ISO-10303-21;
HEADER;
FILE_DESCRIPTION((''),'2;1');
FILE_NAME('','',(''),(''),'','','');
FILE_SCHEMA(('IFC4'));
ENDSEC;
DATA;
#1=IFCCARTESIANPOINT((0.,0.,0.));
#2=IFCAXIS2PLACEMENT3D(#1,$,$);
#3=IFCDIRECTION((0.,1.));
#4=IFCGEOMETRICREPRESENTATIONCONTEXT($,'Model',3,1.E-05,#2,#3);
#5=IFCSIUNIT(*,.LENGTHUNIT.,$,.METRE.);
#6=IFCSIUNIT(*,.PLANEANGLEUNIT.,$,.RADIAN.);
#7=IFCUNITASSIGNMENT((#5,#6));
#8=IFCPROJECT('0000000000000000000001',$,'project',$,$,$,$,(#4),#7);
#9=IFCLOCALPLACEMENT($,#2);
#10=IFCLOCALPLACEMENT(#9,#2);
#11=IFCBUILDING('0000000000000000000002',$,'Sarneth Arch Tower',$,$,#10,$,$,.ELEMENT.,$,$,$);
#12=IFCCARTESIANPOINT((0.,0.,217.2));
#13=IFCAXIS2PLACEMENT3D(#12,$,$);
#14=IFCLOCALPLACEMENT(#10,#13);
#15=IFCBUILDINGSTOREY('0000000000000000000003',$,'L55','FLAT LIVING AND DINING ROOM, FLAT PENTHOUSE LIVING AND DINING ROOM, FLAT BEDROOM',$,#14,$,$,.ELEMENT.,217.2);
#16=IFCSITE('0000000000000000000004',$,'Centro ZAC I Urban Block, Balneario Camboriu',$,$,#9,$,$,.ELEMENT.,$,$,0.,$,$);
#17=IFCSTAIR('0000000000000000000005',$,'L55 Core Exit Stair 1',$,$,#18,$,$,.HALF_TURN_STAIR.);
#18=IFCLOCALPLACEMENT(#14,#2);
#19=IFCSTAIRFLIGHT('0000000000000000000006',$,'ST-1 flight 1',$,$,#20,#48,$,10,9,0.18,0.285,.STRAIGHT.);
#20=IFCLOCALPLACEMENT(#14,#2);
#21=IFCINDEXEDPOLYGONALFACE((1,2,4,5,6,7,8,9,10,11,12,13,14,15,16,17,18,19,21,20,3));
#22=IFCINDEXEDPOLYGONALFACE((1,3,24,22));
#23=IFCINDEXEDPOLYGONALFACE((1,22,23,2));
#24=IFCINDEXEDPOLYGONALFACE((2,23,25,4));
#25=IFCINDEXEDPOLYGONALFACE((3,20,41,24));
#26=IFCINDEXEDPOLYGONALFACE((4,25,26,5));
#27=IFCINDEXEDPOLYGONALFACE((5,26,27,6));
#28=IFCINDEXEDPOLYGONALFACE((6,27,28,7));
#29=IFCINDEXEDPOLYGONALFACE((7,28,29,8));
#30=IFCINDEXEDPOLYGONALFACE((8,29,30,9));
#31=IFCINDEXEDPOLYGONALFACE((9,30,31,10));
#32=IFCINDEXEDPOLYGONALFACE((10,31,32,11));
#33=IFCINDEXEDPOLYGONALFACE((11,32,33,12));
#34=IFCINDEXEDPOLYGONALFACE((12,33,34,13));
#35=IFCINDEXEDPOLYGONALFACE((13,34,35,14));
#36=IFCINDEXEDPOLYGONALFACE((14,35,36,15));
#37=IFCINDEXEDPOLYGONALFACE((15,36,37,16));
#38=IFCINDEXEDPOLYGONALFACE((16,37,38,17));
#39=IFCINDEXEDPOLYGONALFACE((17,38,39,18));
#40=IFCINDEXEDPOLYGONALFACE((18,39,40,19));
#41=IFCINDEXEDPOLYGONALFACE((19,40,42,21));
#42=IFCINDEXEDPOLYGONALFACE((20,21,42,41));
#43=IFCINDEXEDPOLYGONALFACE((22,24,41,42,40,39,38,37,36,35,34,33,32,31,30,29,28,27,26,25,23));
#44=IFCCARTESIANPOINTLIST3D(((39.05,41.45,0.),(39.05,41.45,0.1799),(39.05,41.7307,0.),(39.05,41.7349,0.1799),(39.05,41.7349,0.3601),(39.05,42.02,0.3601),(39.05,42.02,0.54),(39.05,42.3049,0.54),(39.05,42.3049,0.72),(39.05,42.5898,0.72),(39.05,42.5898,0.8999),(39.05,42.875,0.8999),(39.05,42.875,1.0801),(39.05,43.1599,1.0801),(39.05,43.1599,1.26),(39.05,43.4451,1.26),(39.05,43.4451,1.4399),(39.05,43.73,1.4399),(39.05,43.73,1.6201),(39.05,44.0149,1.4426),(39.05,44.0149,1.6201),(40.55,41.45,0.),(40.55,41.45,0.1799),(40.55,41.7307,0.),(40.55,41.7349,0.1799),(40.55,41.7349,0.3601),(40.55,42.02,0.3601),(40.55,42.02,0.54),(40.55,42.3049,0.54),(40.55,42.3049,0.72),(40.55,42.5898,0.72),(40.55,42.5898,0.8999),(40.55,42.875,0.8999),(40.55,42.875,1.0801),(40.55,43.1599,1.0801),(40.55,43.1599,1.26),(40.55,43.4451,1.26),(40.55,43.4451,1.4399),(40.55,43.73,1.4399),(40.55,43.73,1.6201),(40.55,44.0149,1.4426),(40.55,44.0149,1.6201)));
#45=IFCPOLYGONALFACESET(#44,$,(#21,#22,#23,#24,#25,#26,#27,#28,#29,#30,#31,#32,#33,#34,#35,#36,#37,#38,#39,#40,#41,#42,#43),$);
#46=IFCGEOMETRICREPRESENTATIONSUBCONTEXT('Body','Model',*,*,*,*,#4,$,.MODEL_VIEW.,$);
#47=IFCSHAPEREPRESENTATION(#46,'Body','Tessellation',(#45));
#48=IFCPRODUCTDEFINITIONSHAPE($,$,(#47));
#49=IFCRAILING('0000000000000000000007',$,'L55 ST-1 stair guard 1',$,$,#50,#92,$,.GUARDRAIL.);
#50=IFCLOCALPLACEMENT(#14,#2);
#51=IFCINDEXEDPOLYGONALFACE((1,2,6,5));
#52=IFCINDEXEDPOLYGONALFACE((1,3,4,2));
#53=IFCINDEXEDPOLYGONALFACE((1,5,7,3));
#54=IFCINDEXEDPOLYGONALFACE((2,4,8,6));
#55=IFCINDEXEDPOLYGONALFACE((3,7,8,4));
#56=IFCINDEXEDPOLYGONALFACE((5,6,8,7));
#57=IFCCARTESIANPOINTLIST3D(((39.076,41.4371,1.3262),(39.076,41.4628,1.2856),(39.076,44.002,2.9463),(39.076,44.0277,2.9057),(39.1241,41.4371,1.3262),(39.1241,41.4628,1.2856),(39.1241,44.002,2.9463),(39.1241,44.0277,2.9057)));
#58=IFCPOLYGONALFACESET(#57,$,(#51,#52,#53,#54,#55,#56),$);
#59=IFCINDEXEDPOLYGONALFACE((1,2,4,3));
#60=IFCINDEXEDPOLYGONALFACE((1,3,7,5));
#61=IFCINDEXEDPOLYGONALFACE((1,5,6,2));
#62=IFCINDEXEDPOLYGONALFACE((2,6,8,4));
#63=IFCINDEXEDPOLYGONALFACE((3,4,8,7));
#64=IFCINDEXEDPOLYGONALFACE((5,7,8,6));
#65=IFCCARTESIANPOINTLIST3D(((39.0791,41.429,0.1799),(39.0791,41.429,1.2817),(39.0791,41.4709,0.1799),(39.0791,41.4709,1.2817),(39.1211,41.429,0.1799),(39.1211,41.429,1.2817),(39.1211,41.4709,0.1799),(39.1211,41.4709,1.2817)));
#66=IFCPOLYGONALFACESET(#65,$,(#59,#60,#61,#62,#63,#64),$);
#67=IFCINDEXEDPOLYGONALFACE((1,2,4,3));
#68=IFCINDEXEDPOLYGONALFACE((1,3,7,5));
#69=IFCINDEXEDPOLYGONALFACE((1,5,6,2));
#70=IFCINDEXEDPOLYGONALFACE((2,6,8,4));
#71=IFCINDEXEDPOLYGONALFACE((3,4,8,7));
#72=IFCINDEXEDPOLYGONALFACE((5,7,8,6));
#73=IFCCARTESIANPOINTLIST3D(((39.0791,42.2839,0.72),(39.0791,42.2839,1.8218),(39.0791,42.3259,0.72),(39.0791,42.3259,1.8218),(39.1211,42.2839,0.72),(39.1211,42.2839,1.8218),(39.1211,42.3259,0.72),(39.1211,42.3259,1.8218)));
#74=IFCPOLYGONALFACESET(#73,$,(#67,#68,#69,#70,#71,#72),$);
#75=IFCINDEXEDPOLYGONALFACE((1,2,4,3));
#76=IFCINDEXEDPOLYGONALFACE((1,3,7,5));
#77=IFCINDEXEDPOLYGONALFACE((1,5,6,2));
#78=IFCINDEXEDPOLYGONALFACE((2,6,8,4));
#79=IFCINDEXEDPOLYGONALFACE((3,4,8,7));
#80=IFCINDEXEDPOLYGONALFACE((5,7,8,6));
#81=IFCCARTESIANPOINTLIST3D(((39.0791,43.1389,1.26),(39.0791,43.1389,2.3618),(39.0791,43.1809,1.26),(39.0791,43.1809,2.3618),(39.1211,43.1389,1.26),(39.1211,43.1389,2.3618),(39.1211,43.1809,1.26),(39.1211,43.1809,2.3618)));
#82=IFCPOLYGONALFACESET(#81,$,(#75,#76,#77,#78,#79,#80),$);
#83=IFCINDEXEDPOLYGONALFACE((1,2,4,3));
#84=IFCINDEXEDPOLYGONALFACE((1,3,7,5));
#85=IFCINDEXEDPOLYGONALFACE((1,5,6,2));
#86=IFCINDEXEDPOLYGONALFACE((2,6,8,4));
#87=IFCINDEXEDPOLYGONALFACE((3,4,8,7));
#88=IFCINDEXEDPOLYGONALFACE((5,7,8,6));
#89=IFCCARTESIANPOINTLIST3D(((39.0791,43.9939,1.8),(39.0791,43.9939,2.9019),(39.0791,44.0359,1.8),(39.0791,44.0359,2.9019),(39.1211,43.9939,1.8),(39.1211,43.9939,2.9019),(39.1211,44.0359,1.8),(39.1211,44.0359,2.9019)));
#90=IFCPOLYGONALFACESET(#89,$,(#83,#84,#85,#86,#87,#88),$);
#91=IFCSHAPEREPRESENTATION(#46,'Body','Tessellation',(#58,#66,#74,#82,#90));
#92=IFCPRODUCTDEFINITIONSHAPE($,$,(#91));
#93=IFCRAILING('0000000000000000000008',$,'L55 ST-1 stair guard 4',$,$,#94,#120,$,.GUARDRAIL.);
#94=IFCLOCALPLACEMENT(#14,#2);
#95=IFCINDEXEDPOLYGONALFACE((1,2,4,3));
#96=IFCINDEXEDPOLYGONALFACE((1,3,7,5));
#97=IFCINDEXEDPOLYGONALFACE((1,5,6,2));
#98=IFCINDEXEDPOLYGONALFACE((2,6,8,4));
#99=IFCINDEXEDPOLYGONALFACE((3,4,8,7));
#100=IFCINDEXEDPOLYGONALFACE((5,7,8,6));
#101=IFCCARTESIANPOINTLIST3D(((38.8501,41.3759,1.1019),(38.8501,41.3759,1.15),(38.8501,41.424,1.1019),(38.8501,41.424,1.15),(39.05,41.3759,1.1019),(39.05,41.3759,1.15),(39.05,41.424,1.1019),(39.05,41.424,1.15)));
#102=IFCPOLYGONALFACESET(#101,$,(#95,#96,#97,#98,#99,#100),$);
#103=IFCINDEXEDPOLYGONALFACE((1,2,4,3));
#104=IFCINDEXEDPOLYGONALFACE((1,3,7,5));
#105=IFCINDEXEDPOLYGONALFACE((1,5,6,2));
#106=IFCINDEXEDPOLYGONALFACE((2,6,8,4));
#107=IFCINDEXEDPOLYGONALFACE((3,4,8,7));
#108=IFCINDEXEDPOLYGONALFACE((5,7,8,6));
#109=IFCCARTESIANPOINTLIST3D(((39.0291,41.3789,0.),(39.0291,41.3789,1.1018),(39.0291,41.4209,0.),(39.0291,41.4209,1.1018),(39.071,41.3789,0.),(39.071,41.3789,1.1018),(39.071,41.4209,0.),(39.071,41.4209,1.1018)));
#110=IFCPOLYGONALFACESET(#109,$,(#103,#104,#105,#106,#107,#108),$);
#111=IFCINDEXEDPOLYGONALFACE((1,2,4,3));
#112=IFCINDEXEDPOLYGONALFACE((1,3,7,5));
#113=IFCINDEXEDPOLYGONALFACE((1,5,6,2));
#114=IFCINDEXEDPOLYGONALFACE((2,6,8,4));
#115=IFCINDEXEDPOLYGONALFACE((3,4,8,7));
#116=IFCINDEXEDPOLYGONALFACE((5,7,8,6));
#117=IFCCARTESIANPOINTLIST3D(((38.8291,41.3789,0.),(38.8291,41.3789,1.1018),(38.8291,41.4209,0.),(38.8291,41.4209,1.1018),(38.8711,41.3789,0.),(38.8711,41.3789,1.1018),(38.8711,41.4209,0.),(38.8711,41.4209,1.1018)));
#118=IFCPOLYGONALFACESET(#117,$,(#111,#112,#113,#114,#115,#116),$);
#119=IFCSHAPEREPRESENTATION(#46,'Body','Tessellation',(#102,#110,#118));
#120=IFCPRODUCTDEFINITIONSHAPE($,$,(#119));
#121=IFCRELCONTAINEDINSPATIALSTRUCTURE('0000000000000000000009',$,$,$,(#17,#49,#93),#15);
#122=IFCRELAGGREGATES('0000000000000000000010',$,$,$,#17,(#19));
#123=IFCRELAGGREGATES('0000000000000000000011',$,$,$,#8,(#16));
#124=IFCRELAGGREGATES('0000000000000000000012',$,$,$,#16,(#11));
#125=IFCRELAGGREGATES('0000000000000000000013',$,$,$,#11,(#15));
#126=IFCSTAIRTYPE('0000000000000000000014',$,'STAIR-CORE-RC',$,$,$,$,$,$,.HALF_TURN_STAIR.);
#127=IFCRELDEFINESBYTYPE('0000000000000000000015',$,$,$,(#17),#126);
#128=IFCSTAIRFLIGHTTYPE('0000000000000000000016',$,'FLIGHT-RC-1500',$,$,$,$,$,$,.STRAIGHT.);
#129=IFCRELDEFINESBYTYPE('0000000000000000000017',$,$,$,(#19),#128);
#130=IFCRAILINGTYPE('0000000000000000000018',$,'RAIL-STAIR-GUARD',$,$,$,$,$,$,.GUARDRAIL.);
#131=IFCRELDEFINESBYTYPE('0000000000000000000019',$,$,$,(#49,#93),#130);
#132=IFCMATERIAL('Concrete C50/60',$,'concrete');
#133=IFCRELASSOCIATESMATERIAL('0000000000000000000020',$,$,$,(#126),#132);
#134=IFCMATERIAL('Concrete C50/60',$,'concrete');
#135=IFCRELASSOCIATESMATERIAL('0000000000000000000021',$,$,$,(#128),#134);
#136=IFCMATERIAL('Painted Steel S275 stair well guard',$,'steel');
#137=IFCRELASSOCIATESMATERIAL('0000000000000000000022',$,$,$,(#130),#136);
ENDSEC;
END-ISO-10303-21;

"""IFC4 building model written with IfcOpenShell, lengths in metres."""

from ifc_helpers import new_model, si_unit, direction, frame, origin, origin_2d, place, context, subcontext, project, spatial, polyline, rectangle, outline, extrude, material, type_object, element, aggregate, save


model = new_model("IFC4")

# Units and contexts
model_context = context("Model", 3, precision=1e-05, world=origin(), true_north=direction((0.0, 1.0)))
body_context = subcontext(model_context, "Body", "Model", "MODEL_VIEW")
ifc_project = project(units=[si_unit("LENGTHUNIT", "METRE"), si_unit("PLANEANGLEUNIT", "RADIAN")], contexts=[model_context])

# Site, building, storey
site_placement = place(None, origin())
site = spatial("IfcSite", under=ifc_project, at=site_placement, Name="Centro ZAC I Urban Block, Balneario Camboriu", CompositionType="ELEMENT", RefElevation=0.0)
building_placement = place(site_placement, origin())
building = spatial("IfcBuilding", under=site, at=building_placement, Name="Sarneth Arch Tower", CompositionType="ELEMENT")
storey_placement = place(building_placement, frame((0.0, 0.0, 217.2)))
storey = spatial("IfcBuildingStorey", under=building, at=storey_placement, Name="L55", Description="FLAT LIVING AND DINING ROOM, FLAT PENTHOUSE LIVING AND DINING ROOM, FLAT BEDROOM", CompositionType="ELEMENT", Elevation=217.2)

# Stair, stair flight
ifc_material_1 = material(Name="Concrete C50/60", Category="concrete")
stair_type = type_object("IfcStairType", Name="STAIR-CORE-RC", PredefinedType="HALF_TURN_STAIR", material=ifc_material_1)
stair_placement = place(storey_placement, origin())
stair = element("IfcStair", 1, at=stair_placement, inside=storey, type_object=stair_type, Name="L55 Core Exit Stair 1", PredefinedType="HALF_TURN_STAIR")
ifc_material_2 = material(Name="Concrete C50/60", Category="concrete")
stair_flight_type = type_object("IfcStairFlightType", Name="FLIGHT-RC-1500", PredefinedType="STRAIGHT", material=ifc_material_2)
stair_flight_placement = place(storey_placement, frame((39.8, 41.45, 0.0), z_axis=(0.0, 0.0, 1.0), x_axis=(0.0, 1.0, 0.0)))
stair_flight = element("IfcStairFlight", 2, at=stair_flight_placement, type_object=stair_flight_type, Name="ST-1 flight 1", NumberOfRisers=10, NumberOfTreads=9, PredefinedType="STRAIGHT", RiserHeight=0.18, TreadLength=0.285, context=body_context, shape_type="SweptSolid", body=[
    extrude(outline(polyline([(0.0, 0.0), (0.0, 0.1799), (0.2849, 0.1799), (0.2849, 0.3601), (0.5701, 0.3601), (0.5701, 0.54), (0.855, 0.54), (0.855, 0.72), (1.1399, 0.72), (1.1399, 0.8999), (1.425, 0.8999), (1.425, 1.0801), (1.71, 1.0801), (1.71, 1.26), (1.9951, 1.26), (1.9951, 1.4399), (2.28, 1.4399), (2.28, 1.6201), (2.5649, 1.6201), (2.5649, 1.8), (2.5649, 1.4426), (0.2808, 0.0), (0.0, 0.0)])), frame((0.0, 0.75, 0.0), z_axis=(0.0, -1.0, 0.0), x_axis=(1.0, 0.0, 0.0)), (0.0, 0.0, 1.0), 1.5),
])
aggregate(stair, [stair_flight])

# Railings
ifc_material_3 = material(Name="Painted Steel S275 stair well guard", Category="steel")
railing_type = type_object("IfcRailingType", Name="RAIL-STAIR-GUARD", PredefinedType="GUARDRAIL", material=ifc_material_3)
railing_1_placement = place(storey_placement, frame((39.1001, 41.45, 0.1799)))
element("IfcRailing", 3, at=railing_1_placement, inside=storey, type_object=railing_type, Name="L55 ST-1 stair guard 1", PredefinedType="GUARDRAIL", context=body_context, shape_type="SweptSolid", body=[
    extrude(rectangle(XDim=0.0481, YDim=0.0481, at=origin_2d()), frame((0.0, 0.0, 1.126), z_axis=(0.0, 0.845466, 0.534029), x_axis=(-1.0, 0.0, 0.0)), (0.0, 0.0, 1.0), 3.0337),
    extrude(rectangle(XDim=0.042, YDim=0.042, at=origin_2d()), origin(), (0.0, 0.0, 1.0), 1.1018),
    extrude(rectangle(XDim=0.042, YDim=0.042, at=origin_2d()), frame((0.0, 0.855, 0.54)), (0.0, 0.0, 1.0), 1.1018),
    extrude(rectangle(XDim=0.042, YDim=0.042, at=origin_2d()), frame((0.0, 1.71, 1.0801)), (0.0, 0.0, 1.0), 1.1018),
    extrude(rectangle(XDim=0.042, YDim=0.042, at=origin_2d()), frame((0.0, 2.5649, 1.6201)), (0.0, 0.0, 1.0), 1.1018),
])
railing_2_placement = place(storey_placement, frame((39.05, 41.3999, 0.0)))
element("IfcRailing", 4, at=railing_2_placement, inside=storey, type_object=railing_type, Name="L55 ST-1 stair guard 4", PredefinedType="GUARDRAIL", context=body_context, shape_type="SweptSolid", body=[
    extrude(rectangle(XDim=0.0481, YDim=0.0481, at=origin_2d()), frame((0.0, 0.0, 1.126), z_axis=(-1.0, 0.0, 0.0), x_axis=(0.0, -1.0, 0.0)), (0.0, 0.0, 1.0), 0.2),
    extrude(rectangle(XDim=0.042, YDim=0.042, at=origin_2d()), origin(), (0.0, 0.0, 1.0), 1.1018),
    extrude(rectangle(XDim=0.042, YDim=0.042, at=origin_2d()), frame((-0.2, 0.0, 0.0)), (0.0, 0.0, 1.0), 1.1018),
])

save(model, "model.ifc")
